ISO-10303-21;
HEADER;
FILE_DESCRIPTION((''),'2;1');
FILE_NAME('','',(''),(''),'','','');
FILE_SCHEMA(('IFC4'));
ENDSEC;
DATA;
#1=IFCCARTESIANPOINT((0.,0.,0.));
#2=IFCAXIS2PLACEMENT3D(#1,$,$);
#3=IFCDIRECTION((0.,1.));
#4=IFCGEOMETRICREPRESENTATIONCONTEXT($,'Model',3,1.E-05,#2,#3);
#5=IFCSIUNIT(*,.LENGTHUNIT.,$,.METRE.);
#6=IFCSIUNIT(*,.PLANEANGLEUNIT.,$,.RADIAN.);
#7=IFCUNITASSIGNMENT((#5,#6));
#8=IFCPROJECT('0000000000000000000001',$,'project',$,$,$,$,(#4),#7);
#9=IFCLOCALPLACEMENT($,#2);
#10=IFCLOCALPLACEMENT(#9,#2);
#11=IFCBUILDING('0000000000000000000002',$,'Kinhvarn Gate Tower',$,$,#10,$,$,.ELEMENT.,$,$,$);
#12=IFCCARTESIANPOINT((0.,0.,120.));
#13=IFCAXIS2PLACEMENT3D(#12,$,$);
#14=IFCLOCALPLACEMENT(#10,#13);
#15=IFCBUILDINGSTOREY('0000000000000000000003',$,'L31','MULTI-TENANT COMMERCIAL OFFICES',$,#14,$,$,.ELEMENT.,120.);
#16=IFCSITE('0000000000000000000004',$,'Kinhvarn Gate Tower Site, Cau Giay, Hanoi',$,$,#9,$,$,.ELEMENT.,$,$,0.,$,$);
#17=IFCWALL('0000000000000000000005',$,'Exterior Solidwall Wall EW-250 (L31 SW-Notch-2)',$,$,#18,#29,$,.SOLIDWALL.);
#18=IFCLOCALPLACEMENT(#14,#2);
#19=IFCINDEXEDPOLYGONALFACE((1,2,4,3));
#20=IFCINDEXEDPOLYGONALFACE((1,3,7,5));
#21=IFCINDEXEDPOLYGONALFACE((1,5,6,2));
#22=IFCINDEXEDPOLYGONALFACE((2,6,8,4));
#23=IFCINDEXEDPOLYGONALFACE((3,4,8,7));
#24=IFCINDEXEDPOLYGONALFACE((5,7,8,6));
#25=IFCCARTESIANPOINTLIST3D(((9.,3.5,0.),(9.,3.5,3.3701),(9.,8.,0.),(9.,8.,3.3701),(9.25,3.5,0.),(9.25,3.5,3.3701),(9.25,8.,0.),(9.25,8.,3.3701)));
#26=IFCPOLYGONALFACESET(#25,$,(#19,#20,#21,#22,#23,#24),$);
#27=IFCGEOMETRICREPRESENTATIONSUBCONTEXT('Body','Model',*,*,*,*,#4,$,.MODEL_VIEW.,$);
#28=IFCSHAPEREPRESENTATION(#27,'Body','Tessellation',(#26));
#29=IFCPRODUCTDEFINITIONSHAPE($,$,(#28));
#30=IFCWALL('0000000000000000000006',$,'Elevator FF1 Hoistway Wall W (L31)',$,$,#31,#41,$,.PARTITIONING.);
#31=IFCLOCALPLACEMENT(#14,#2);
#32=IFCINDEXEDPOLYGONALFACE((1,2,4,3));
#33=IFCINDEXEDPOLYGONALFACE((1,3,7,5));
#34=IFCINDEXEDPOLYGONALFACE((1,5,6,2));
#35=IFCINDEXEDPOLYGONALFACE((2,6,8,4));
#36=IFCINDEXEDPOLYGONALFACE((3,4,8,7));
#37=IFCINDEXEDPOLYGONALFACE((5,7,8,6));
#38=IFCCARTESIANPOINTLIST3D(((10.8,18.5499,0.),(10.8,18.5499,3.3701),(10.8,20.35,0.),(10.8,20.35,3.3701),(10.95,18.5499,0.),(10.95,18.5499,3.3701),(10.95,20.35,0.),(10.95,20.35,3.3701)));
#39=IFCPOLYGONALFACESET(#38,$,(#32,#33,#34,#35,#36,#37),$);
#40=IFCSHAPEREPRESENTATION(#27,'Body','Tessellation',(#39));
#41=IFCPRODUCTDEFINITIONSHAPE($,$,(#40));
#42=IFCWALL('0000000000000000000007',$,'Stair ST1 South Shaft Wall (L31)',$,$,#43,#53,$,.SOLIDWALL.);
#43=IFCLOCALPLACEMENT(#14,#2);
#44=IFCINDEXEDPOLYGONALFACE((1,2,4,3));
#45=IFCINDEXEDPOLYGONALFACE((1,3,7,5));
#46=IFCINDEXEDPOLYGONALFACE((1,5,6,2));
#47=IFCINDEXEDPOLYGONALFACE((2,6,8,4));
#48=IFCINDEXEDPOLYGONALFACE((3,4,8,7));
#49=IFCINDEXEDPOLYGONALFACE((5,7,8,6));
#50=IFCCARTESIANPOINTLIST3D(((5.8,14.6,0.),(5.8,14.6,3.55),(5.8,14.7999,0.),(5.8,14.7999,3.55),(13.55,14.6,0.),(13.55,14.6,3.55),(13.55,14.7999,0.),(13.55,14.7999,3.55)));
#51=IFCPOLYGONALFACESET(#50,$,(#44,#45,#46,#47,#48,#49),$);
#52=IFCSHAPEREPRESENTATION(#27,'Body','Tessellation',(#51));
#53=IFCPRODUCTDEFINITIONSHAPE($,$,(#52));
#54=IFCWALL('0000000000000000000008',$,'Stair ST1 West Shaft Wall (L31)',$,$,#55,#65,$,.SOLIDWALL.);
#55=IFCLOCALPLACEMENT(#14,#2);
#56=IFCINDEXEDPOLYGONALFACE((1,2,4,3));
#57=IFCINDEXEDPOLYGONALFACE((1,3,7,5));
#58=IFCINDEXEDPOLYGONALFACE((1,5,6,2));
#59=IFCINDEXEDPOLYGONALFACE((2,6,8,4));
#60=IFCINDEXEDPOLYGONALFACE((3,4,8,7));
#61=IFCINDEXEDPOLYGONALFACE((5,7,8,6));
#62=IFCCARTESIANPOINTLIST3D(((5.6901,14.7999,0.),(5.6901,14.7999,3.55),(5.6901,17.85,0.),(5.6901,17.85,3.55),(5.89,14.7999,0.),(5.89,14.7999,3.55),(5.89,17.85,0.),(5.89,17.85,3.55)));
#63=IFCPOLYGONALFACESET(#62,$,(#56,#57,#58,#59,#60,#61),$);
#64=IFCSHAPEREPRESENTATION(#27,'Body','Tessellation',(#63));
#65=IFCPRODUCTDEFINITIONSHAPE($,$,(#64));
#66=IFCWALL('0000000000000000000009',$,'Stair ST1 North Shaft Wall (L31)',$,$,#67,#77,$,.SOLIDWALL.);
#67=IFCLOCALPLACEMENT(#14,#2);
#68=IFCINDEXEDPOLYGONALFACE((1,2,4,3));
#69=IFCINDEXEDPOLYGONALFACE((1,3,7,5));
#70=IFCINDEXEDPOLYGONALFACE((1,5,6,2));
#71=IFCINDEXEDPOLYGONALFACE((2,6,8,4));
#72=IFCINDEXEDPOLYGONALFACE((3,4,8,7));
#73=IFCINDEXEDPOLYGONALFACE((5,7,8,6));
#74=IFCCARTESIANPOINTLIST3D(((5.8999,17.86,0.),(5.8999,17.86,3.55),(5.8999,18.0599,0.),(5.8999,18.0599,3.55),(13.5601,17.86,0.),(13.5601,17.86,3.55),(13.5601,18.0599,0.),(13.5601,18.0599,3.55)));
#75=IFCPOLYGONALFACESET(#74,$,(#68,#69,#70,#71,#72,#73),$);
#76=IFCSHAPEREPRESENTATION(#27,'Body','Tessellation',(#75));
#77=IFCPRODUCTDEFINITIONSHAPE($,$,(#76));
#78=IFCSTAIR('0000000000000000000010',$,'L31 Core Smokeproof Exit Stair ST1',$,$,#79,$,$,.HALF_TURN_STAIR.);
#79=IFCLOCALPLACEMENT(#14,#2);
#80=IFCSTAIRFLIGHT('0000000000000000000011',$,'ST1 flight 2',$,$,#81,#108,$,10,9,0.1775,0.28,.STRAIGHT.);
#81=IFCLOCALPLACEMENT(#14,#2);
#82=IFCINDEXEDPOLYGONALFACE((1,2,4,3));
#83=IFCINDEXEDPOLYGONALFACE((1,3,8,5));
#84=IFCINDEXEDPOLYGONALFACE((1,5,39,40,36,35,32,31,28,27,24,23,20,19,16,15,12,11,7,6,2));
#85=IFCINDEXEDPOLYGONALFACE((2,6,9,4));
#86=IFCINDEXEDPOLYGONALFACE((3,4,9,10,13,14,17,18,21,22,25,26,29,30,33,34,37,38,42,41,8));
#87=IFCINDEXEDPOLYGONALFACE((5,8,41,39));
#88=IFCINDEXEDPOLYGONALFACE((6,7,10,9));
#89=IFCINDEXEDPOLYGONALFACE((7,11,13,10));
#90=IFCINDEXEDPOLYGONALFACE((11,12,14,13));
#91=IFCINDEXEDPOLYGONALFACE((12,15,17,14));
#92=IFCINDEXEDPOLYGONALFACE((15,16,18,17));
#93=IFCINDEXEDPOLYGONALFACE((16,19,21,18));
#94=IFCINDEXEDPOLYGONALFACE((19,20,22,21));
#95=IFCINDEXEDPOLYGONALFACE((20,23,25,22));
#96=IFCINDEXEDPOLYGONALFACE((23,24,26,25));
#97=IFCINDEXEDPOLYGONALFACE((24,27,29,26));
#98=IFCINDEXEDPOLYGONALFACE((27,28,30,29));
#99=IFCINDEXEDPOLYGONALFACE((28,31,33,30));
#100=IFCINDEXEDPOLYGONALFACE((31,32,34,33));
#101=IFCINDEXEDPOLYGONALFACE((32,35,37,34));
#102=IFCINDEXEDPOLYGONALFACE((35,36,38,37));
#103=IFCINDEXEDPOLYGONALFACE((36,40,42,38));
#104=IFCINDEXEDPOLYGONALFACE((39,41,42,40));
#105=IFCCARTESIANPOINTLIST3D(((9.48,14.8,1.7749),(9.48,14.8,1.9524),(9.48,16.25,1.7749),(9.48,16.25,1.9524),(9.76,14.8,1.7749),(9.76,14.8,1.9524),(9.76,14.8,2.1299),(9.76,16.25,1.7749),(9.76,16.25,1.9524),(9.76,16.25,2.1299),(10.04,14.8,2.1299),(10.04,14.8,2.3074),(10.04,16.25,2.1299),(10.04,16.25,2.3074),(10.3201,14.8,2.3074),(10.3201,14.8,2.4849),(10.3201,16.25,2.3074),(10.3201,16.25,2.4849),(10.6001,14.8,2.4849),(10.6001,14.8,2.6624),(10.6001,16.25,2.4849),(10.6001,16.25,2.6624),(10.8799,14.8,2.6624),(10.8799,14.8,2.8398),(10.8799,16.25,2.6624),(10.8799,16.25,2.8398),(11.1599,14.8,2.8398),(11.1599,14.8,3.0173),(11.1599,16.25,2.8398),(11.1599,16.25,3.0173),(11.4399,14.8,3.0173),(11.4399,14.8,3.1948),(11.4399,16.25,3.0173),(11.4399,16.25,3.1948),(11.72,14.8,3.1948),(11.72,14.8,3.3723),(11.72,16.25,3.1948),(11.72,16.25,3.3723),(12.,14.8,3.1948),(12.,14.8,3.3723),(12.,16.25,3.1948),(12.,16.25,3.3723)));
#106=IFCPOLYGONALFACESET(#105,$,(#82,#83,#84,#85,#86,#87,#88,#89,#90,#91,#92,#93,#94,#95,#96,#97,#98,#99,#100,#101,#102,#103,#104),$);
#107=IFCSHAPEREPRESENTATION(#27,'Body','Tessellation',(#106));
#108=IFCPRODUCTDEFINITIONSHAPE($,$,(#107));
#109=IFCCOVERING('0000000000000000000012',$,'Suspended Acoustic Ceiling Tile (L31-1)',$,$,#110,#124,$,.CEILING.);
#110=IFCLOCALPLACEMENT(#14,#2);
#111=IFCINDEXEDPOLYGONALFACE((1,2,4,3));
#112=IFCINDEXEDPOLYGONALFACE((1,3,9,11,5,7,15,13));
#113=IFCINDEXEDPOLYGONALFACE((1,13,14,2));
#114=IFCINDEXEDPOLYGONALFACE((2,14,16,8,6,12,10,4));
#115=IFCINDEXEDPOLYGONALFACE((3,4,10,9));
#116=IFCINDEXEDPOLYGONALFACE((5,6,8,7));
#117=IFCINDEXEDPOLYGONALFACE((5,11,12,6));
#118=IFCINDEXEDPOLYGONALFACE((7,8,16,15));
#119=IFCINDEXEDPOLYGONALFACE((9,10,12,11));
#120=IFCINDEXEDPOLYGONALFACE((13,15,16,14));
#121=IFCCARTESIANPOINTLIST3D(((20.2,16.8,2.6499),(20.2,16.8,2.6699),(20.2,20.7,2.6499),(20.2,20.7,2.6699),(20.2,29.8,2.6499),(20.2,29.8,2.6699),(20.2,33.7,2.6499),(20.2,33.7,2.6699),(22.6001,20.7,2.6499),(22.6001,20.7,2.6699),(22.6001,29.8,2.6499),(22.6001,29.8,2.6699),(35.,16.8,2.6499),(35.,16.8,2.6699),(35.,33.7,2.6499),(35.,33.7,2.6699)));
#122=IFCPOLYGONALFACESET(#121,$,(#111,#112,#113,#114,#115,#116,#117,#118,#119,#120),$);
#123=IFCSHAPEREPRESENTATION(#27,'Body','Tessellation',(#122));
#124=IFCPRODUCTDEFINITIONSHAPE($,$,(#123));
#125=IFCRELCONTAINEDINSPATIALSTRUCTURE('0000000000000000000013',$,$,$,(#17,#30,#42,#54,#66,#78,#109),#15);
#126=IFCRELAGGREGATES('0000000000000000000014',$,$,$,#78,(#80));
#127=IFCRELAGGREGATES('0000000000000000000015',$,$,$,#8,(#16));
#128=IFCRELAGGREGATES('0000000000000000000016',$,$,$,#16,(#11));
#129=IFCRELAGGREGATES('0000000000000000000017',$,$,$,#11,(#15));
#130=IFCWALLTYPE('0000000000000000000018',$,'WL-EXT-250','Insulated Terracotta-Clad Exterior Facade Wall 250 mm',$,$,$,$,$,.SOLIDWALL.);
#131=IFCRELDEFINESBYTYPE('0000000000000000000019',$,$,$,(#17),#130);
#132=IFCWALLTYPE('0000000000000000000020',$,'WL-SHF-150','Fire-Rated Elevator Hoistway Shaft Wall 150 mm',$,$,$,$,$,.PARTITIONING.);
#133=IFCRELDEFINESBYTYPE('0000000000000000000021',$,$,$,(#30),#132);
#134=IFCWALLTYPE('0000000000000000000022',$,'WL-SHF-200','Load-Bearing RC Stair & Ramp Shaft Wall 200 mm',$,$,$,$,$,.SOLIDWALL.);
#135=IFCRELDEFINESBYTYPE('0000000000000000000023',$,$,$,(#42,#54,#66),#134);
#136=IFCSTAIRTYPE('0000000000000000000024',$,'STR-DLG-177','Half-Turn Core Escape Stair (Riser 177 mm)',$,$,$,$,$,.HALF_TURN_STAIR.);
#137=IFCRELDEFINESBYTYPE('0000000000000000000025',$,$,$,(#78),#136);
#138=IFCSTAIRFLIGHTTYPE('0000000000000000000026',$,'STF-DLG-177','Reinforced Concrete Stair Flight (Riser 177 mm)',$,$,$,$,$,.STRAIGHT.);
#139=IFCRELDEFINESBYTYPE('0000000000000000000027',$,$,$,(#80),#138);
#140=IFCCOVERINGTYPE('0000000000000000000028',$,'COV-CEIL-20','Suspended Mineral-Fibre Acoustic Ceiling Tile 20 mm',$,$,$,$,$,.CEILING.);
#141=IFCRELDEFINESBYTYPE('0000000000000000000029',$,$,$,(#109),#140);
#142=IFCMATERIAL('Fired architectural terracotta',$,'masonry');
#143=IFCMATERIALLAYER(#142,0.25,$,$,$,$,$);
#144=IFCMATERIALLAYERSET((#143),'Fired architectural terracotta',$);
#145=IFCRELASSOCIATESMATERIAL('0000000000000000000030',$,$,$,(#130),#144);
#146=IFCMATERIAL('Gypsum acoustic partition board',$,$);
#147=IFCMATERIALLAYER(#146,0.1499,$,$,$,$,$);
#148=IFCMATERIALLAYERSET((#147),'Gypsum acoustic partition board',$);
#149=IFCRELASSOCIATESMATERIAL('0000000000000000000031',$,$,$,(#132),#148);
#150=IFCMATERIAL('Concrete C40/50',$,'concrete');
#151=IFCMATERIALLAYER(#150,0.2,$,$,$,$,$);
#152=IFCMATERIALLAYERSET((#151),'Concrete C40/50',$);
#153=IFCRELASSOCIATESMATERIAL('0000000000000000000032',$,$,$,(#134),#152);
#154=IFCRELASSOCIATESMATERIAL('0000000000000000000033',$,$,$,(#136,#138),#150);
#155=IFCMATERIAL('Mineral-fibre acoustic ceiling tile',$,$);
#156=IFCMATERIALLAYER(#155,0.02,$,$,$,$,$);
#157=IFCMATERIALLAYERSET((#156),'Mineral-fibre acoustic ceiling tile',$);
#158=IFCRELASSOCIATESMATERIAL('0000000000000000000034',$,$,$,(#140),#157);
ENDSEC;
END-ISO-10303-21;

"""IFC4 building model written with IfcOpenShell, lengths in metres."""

from ifc_helpers import new_model, si_unit, direction, frame, frame_2d, origin, place, context, subcontext, project, spatial, polyline, rectangle, outline, extrude, material, layer, layer_set, type_object, element, aggregate, save


model = new_model("IFC4")

# Units and contexts
model_context = context("Model", 3, precision=1e-05, world=origin(), true_north=direction((0.0, 1.0)))
body_context = subcontext(model_context, "Body", "Model", "MODEL_VIEW")
ifc_project = project(units=[si_unit("LENGTHUNIT", "METRE"), si_unit("PLANEANGLEUNIT", "RADIAN")], contexts=[model_context])

# Site, building, storey
site_placement = place(None, origin())
site = spatial("IfcSite", under=ifc_project, at=site_placement, Name="Kinhvarn Gate Tower Site, Cau Giay, Hanoi", CompositionType="ELEMENT", RefElevation=0.0)
building_placement = place(site_placement, origin())
building = spatial("IfcBuilding", under=site, at=building_placement, Name="Kinhvarn Gate Tower", CompositionType="ELEMENT")
storey_placement = place(building_placement, frame((0.0, 0.0, 120.0)))
storey = spatial("IfcBuildingStorey", under=building, at=storey_placement, Name="L31", Description="MULTI-TENANT COMMERCIAL OFFICES", CompositionType="ELEMENT", Elevation=120.0)

# Shared definitions
ifc_material_1 = material(Name="Fired architectural terracotta", Category="masonry")
ifc_layer_1 = layer(ifc_material_1, 0.25)
ifc_layer_set_1 = layer_set([ifc_layer_1], Name="Fired architectural terracotta")
wall_type_1 = type_object("IfcWallType", Name="WL-EXT-250", Description="Insulated Terracotta-Clad Exterior Facade Wall 250 mm", PredefinedType="SOLIDWALL", material=ifc_layer_set_1)

# Walls
wall_1_placement = place(storey_placement, frame((9.125, 8.0, 0.0), z_axis=(0.0, 0.0, 1.0), x_axis=(0.0, -1.0, 0.0)))
element("IfcWall", 1, at=wall_1_placement, inside=storey, type_object=wall_type_1, Name="Exterior Solidwall Wall EW-250 (L31 SW-Notch-2)", PredefinedType="SOLIDWALL", context=body_context, shape_type="SweptSolid", body=[
    extrude(rectangle(XDim=4.5, YDim=0.25, at=frame_2d((2.25, 0.0))), origin(), (0.0, 0.0, 1.0), 3.3701),
])
ifc_material_2 = material(Name="Gypsum acoustic partition board")
ifc_layer_2 = layer(ifc_material_2, 0.1499)
ifc_layer_set_2 = layer_set([ifc_layer_2], Name="Gypsum acoustic partition board")
wall_type_2 = type_object("IfcWallType", Name="WL-SHF-150", Description="Fire-Rated Elevator Hoistway Shaft Wall 150 mm", PredefinedType="PARTITIONING", material=ifc_layer_set_2)
wall_2_placement = place(storey_placement, frame((10.875, 18.55, 0.0), z_axis=(0.0, 0.0, 1.0), x_axis=(0.0, 1.0, 0.0)))
element("IfcWall", 2, at=wall_2_placement, inside=storey, type_object=wall_type_2, Name="Elevator FF1 Hoistway Wall W (L31)", PredefinedType="PARTITIONING", context=body_context, shape_type="SweptSolid", body=[
    extrude(rectangle(XDim=1.8, YDim=0.1499, at=frame_2d((0.8999, 0.0))), origin(), (0.0, 0.0, 1.0), 3.3701),
])
ifc_material_3 = material(Name="Concrete C40/50", Category="concrete")
ifc_layer_3 = layer(ifc_material_3, 0.2)
ifc_layer_set_3 = layer_set([ifc_layer_3], Name="Concrete C40/50")
wall_type_3 = type_object("IfcWallType", Name="WL-SHF-200", Description="Load-Bearing RC Stair & Ramp Shaft Wall 200 mm", PredefinedType="SOLIDWALL", material=ifc_layer_set_3)
wall_3_placement = place(storey_placement, frame((5.8, 14.7, 0.0), z_axis=(0.0, 0.0, 1.0), x_axis=(1.0, 0.0, 0.0)))
element("IfcWall", 3, at=wall_3_placement, inside=storey, type_object=wall_type_3, Name="Stair ST1 South Shaft Wall (L31)", PredefinedType="SOLIDWALL", context=body_context, shape_type="SweptSolid", body=[
    extrude(rectangle(XDim=7.75, YDim=0.2, at=frame_2d((3.875, 0.0))), origin(), (0.0, 0.0, 1.0), 3.55),
])
wall_4_placement = place(storey_placement, frame((5.79, 14.8, 0.0), z_axis=(0.0, 0.0, 1.0), x_axis=(0.0, 1.0, 0.0)))
element("IfcWall", 4, at=wall_4_placement, inside=storey, type_object=wall_type_3, Name="Stair ST1 West Shaft Wall (L31)", PredefinedType="SOLIDWALL", context=body_context, shape_type="SweptSolid", body=[
    extrude(rectangle(XDim=3.05, YDim=0.2, at=frame_2d((1.5249, 0.0))), origin(), (0.0, 0.0, 1.0), 3.55),
])
wall_5_placement = place(storey_placement, frame((5.8999, 17.96, 0.0), z_axis=(0.0, 0.0, 1.0), x_axis=(1.0, 0.0, 0.0)))
element("IfcWall", 5, at=wall_5_placement, inside=storey, type_object=wall_type_3, Name="Stair ST1 North Shaft Wall (L31)", PredefinedType="SOLIDWALL", context=body_context, shape_type="SweptSolid", body=[
    extrude(rectangle(XDim=7.6602, YDim=0.2, at=frame_2d((3.8301, 0.0))), origin(), (0.0, 0.0, 1.0), 3.55),
])

# Stair, stair flight
stair_type = type_object("IfcStairType", Name="STR-DLG-177", Description="Half-Turn Core Escape Stair (Riser 177 mm)", PredefinedType="HALF_TURN_STAIR", material=ifc_material_3)
stair_placement = place(storey_placement, origin())
stair = element("IfcStair", 6, at=stair_placement, inside=storey, type_object=stair_type, Name="L31 Core Smokeproof Exit Stair ST1", PredefinedType="HALF_TURN_STAIR")
stair_flight_type = type_object("IfcStairFlightType", Name="STF-DLG-177", Description="Reinforced Concrete Stair Flight (Riser 177 mm)", PredefinedType="STRAIGHT", material=ifc_material_3)
stair_flight_placement = place(storey_placement, frame((9.48, 15.5249, 1.7749), z_axis=(0.0, 0.0, 1.0), x_axis=(1.0, 0.0, 0.0)))
stair_flight = element("IfcStairFlight", 7, at=stair_flight_placement, type_object=stair_flight_type, Name="ST1 flight 2", NumberOfRisers=10, NumberOfTreads=9, PredefinedType="STRAIGHT", RiserHeight=0.1775, TreadLength=0.28, context=body_context, shape_type="SweptSolid", body=[
    extrude(outline(polyline([(0.0, 0.0), (0.0, 0.1775), (0.28, 0.1775), (0.28, 0.355), (0.5601, 0.355), (0.5601, 0.5325), (0.8401, 0.5325), (0.8401, 0.71), (1.1201, 0.71), (1.1201, 0.8875), (1.3999, 0.8875), (1.3999, 1.0649), (1.6799, 1.0649), (1.6799, 1.2424), (1.96, 1.2424), (1.96, 1.4199), (2.24, 1.4199), (2.24, 1.5974), (2.52, 1.5974), (2.52, 1.7749), (2.52, 1.4199), (0.28, 0.0), (0.0, 0.0)])), frame((0.0, 0.7251, 0.0), z_axis=(0.0, -1.0, 0.0), x_axis=(1.0, 0.0, 0.0)), (0.0, 0.0, 1.0), 1.45),
])
aggregate(stair, [stair_flight])

# Covering
ifc_material_4 = material(Name="Mineral-fibre acoustic ceiling tile")
ifc_layer_4 = layer(ifc_material_4, 0.02)
ifc_layer_set_4 = layer_set([ifc_layer_4], Name="Mineral-fibre acoustic ceiling tile")
covering_type = type_object("IfcCoveringType", Name="COV-CEIL-20", Description="Suspended Mineral-Fibre Acoustic Ceiling Tile 20 mm", PredefinedType="CEILING", material=ifc_layer_set_4)
covering_placement = place(storey_placement, frame((0.0, 0.0, 2.6499)))
element("IfcCovering", 8, at=covering_placement, inside=storey, type_object=covering_type, Name="Suspended Acoustic Ceiling Tile (L31-1)", PredefinedType="CEILING", context=body_context, shape_type="SweptSolid", body=[
    extrude(outline(polyline([(35.0, 33.7), (35.0, 16.8), (20.2, 16.8), (20.2, 20.7), (22.6001, 20.7), (22.6001, 29.8), (20.2, 29.8), (20.2, 33.7), (35.0, 33.7)])), origin(), (0.0, 0.0, 1.0), 0.02),
])

save(model, "model.ifc")
